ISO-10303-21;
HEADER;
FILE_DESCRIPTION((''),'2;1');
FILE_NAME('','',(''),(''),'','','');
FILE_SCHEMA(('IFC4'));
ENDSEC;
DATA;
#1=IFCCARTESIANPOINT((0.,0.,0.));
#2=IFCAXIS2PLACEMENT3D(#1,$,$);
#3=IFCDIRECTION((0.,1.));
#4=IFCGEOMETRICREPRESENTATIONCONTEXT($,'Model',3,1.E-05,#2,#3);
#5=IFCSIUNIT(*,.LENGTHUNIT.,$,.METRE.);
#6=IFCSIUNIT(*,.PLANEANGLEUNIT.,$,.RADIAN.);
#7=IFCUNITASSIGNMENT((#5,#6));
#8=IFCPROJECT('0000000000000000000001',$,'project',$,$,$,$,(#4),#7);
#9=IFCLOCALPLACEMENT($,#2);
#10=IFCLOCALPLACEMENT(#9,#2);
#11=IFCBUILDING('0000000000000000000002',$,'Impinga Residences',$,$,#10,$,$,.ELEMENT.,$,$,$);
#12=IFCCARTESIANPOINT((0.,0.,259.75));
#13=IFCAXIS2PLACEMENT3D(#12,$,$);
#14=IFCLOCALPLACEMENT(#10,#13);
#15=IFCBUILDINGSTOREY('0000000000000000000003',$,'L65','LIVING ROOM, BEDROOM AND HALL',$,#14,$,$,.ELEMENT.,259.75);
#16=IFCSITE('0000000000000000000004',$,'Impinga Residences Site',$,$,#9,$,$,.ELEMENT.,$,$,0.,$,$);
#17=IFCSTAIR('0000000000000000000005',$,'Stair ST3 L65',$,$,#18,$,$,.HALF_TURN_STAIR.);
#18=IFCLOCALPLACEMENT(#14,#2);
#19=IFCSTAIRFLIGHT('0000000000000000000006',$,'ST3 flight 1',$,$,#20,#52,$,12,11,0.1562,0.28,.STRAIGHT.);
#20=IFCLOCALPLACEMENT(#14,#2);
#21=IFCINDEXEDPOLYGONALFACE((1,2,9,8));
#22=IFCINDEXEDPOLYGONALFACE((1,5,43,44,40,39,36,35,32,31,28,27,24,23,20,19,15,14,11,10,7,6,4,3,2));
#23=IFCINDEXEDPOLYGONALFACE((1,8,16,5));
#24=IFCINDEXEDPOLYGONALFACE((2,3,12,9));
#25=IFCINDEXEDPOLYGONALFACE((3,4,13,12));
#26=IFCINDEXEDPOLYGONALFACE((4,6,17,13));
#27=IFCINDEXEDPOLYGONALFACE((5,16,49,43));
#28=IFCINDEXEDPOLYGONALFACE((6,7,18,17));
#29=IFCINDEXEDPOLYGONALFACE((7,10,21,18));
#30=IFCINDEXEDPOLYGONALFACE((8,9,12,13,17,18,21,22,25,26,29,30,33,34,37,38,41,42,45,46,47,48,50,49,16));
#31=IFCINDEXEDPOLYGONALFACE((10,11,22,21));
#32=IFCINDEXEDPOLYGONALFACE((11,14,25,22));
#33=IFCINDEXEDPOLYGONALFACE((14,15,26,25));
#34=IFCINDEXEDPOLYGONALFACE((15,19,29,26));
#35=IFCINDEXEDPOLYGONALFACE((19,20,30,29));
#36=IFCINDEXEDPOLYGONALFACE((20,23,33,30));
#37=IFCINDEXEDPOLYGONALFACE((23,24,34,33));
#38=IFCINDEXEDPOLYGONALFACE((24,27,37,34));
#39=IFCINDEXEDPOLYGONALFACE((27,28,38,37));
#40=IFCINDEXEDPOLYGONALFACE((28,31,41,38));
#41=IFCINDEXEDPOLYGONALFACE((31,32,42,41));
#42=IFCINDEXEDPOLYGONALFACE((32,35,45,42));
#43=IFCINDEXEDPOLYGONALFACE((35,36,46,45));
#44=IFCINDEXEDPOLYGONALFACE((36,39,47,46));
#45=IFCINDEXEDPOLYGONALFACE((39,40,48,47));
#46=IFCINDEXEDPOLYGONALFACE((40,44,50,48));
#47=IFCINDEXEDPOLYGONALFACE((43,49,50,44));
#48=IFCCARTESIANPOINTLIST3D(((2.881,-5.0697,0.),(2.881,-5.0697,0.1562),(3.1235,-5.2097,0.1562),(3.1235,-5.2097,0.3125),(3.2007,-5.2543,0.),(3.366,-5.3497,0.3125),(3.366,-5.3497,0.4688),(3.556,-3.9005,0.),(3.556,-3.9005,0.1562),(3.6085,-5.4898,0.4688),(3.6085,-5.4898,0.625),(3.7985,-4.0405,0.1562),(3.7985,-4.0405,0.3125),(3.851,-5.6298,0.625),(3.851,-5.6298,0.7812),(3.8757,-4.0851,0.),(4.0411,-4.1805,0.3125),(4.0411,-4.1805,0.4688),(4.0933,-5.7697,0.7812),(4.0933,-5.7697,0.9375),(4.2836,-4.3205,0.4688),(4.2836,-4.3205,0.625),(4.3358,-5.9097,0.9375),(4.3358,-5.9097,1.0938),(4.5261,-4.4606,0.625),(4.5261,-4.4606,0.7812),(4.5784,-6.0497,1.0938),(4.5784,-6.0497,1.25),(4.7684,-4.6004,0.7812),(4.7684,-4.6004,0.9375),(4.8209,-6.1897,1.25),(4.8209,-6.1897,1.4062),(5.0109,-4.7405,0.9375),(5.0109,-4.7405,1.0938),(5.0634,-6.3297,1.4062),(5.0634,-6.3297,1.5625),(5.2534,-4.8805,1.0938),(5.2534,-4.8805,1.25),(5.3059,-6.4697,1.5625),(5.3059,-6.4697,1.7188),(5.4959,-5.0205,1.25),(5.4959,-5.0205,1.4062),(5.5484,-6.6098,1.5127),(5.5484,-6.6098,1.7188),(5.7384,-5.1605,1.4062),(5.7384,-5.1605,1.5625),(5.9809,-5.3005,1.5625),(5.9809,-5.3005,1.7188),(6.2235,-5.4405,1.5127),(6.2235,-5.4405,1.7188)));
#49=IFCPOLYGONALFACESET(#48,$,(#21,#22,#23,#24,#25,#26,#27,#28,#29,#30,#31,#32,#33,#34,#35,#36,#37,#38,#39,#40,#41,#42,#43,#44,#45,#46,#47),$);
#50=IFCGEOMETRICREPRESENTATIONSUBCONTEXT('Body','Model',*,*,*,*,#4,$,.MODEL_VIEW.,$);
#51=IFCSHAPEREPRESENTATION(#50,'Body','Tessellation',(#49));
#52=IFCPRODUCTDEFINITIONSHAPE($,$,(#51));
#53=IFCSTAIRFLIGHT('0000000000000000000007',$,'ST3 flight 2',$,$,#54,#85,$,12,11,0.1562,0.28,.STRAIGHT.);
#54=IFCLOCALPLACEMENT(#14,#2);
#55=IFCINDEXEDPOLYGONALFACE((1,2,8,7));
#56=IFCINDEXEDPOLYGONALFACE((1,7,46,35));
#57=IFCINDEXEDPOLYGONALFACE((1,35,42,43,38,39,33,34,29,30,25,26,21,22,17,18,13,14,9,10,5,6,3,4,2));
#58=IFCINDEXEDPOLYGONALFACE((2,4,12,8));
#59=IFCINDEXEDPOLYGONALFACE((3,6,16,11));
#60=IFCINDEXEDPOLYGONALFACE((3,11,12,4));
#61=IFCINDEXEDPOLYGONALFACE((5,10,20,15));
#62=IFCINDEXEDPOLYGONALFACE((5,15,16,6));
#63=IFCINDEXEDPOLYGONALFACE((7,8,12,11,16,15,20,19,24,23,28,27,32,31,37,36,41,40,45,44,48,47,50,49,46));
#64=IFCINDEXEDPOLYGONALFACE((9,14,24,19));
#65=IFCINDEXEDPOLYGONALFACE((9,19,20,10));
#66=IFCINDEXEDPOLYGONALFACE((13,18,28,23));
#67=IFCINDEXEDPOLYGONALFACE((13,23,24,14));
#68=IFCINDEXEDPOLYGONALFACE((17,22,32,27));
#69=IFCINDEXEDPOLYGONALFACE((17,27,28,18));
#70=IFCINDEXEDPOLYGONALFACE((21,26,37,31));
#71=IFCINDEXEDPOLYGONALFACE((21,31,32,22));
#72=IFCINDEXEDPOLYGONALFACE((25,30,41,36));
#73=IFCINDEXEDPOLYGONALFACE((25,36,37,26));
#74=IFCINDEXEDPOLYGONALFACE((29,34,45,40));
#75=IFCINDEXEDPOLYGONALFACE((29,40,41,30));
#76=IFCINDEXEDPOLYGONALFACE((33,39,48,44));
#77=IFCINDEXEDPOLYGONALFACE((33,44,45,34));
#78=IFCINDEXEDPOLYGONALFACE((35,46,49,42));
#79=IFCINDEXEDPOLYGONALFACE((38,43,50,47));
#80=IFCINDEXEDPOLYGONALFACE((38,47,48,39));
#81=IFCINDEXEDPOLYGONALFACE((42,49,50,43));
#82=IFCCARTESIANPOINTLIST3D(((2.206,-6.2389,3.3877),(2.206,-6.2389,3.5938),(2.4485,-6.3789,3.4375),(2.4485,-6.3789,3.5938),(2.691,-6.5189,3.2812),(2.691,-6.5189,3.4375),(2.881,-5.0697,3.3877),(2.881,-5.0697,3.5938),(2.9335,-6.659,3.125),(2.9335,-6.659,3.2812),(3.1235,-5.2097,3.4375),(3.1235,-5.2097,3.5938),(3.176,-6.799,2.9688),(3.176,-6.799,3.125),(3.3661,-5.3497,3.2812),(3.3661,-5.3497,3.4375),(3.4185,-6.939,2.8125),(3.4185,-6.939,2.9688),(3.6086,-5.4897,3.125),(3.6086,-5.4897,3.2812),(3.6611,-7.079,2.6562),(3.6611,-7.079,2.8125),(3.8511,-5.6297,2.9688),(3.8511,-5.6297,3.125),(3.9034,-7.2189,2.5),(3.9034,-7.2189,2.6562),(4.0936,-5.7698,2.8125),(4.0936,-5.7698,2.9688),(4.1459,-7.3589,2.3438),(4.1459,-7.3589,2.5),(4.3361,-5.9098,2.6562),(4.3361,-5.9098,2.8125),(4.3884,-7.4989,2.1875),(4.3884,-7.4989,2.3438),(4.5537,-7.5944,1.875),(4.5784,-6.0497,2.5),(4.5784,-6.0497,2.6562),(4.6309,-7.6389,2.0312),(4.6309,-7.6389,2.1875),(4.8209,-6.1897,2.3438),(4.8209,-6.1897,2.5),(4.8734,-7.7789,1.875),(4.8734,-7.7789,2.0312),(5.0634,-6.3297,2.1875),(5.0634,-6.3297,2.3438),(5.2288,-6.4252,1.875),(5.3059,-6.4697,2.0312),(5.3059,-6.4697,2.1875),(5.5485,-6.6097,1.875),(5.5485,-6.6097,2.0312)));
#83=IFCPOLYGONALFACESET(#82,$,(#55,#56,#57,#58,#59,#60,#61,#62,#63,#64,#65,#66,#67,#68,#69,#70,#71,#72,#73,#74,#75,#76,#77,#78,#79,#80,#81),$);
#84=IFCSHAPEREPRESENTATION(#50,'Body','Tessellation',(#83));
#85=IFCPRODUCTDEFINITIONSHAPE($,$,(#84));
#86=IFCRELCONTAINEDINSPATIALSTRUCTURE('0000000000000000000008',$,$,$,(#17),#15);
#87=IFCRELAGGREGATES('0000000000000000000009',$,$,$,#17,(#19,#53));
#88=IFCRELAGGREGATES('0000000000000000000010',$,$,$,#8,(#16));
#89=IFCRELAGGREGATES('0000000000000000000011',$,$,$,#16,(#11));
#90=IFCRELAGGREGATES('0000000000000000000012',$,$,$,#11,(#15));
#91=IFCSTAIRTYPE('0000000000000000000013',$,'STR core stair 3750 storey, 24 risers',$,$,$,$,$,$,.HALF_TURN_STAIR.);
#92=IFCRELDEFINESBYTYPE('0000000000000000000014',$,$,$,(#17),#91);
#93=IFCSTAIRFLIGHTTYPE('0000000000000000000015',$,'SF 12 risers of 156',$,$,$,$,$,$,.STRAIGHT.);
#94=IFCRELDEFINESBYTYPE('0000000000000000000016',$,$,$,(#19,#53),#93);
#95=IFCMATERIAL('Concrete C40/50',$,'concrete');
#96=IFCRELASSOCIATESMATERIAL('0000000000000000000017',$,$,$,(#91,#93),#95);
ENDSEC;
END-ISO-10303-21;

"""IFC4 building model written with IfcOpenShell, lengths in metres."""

from ifc_helpers import new_model, si_unit, direction, frame, origin, place, context, subcontext, project, spatial, polyline, outline, extrude, material, type_object, element, aggregate, save


model = new_model("IFC4")

# Units and contexts
model_context = context("Model", 3, precision=1e-05, world=origin(), true_north=direction((0.0, 1.0)))
body_context = subcontext(model_context, "Body", "Model", "MODEL_VIEW")
ifc_project = project(units=[si_unit("LENGTHUNIT", "METRE"), si_unit("PLANEANGLEUNIT", "RADIAN")], contexts=[model_context])

# Site, building, storey
site_placement = place(None, origin())
site = spatial("IfcSite", under=ifc_project, at=site_placement, Name="Impinga Residences Site", CompositionType="ELEMENT", RefElevation=0.0)
building_placement = place(site_placement, origin())
building = spatial("IfcBuilding", under=site, at=building_placement, Name="Impinga Residences", CompositionType="ELEMENT")
storey_placement = place(building_placement, frame((0.0, 0.0, 259.75)))
storey = spatial("IfcBuildingStorey", under=building, at=storey_placement, Name="L65", Description="LIVING ROOM, BEDROOM AND HALL", CompositionType="ELEMENT", Elevation=259.75)

# Stair, stair flights
ifc_material_1 = material(Name="Concrete C40/50", Category="concrete")
stair_type = type_object("IfcStairType", Name="STR core stair 3750 storey, 24 risers", PredefinedType="HALF_TURN_STAIR", material=ifc_material_1)
stair_placement = place(storey_placement, origin())
stair = element("IfcStair", 1, at=stair_placement, inside=storey, type_object=stair_type, Name="Stair ST3 L65", PredefinedType="HALF_TURN_STAIR")
stair_flight_type = type_object("IfcStairFlightType", Name="SF 12 risers of 156", PredefinedType="STRAIGHT", material=ifc_material_1)
stair_flight_1_placement = place(storey_placement, frame((3.2185, -4.4851, 0.0), z_axis=(0.0, 0.0, 1.0), x_axis=(0.866025, -0.5, 0.0)))
stair_flight_1 = element("IfcStairFlight", 2, at=stair_flight_1_placement, type_object=stair_flight_type, Name="ST3 flight 1", NumberOfRisers=12, NumberOfTreads=11, PredefinedType="STRAIGHT", RiserHeight=0.1562, TreadLength=0.28, context=body_context, shape_type="SweptSolid", body=[
    extrude(outline(polyline([(0.0, 0.0), (0.0, 0.1562), (0.28, 0.1562), (0.28, 0.3125), (0.5601, 0.3125), (0.5601, 0.4688), (0.8401, 0.4688), (0.8401, 0.625), (1.1201, 0.625), (1.1201, 0.7812), (1.3999, 0.7812), (1.3999, 0.9375), (1.6799, 0.9375), (1.6799, 1.0938), (1.96, 1.0938), (1.96, 1.25), (2.24, 1.25), (2.24, 1.4062), (2.52, 1.4062), (2.52, 1.5625), (2.8, 1.5625), (2.8, 1.7188), (3.0801, 1.7188), (3.0801, 1.875), (3.0801, 1.5127), (0.3691, 0.0), (0.0, 0.0)])), frame((0.0, 0.675, 0.0), z_axis=(0.0, -1.0, 0.0), x_axis=(1.0, 0.0, 0.0)), (0.0, 0.0, 1.0), 1.3501),
])
stair_flight_2_placement = place(storey_placement, frame((5.2109, -7.1943, 1.875), z_axis=(0.0, 0.0, 1.0), x_axis=(-0.866025, 0.5, 0.0)))
stair_flight_2 = element("IfcStairFlight", 3, at=stair_flight_2_placement, type_object=stair_flight_type, Name="ST3 flight 2", NumberOfRisers=12, NumberOfTreads=11, PredefinedType="STRAIGHT", RiserHeight=0.1562, TreadLength=0.28, context=body_context, shape_type="SweptSolid", body=[
    extrude(outline(polyline([(0.0, 0.0), (0.0, 0.1562), (0.28, 0.1562), (0.28, 0.3125), (0.5601, 0.3125), (0.5601, 0.4688), (0.8401, 0.4688), (0.8401, 0.625), (1.1201, 0.625), (1.1201, 0.7812), (1.3999, 0.7812), (1.3999, 0.9375), (1.6799, 0.9375), (1.6799, 1.0938), (1.96, 1.0938), (1.96, 1.25), (2.24, 1.25), (2.24, 1.4062), (2.52, 1.4062), (2.52, 1.5625), (2.8, 1.5625), (2.8, 1.7188), (3.0801, 1.7188), (3.0801, 1.875), (3.0801, 1.5127), (0.3691, 0.0), (0.0, 0.0)])), frame((0.0, 0.675, 0.0), z_axis=(0.0, -1.0, 0.0), x_axis=(1.0, 0.0, 0.0)), (0.0, 0.0, 1.0), 1.3501),
])
aggregate(stair, [stair_flight_1, stair_flight_2])

save(model, "model.ifc")
